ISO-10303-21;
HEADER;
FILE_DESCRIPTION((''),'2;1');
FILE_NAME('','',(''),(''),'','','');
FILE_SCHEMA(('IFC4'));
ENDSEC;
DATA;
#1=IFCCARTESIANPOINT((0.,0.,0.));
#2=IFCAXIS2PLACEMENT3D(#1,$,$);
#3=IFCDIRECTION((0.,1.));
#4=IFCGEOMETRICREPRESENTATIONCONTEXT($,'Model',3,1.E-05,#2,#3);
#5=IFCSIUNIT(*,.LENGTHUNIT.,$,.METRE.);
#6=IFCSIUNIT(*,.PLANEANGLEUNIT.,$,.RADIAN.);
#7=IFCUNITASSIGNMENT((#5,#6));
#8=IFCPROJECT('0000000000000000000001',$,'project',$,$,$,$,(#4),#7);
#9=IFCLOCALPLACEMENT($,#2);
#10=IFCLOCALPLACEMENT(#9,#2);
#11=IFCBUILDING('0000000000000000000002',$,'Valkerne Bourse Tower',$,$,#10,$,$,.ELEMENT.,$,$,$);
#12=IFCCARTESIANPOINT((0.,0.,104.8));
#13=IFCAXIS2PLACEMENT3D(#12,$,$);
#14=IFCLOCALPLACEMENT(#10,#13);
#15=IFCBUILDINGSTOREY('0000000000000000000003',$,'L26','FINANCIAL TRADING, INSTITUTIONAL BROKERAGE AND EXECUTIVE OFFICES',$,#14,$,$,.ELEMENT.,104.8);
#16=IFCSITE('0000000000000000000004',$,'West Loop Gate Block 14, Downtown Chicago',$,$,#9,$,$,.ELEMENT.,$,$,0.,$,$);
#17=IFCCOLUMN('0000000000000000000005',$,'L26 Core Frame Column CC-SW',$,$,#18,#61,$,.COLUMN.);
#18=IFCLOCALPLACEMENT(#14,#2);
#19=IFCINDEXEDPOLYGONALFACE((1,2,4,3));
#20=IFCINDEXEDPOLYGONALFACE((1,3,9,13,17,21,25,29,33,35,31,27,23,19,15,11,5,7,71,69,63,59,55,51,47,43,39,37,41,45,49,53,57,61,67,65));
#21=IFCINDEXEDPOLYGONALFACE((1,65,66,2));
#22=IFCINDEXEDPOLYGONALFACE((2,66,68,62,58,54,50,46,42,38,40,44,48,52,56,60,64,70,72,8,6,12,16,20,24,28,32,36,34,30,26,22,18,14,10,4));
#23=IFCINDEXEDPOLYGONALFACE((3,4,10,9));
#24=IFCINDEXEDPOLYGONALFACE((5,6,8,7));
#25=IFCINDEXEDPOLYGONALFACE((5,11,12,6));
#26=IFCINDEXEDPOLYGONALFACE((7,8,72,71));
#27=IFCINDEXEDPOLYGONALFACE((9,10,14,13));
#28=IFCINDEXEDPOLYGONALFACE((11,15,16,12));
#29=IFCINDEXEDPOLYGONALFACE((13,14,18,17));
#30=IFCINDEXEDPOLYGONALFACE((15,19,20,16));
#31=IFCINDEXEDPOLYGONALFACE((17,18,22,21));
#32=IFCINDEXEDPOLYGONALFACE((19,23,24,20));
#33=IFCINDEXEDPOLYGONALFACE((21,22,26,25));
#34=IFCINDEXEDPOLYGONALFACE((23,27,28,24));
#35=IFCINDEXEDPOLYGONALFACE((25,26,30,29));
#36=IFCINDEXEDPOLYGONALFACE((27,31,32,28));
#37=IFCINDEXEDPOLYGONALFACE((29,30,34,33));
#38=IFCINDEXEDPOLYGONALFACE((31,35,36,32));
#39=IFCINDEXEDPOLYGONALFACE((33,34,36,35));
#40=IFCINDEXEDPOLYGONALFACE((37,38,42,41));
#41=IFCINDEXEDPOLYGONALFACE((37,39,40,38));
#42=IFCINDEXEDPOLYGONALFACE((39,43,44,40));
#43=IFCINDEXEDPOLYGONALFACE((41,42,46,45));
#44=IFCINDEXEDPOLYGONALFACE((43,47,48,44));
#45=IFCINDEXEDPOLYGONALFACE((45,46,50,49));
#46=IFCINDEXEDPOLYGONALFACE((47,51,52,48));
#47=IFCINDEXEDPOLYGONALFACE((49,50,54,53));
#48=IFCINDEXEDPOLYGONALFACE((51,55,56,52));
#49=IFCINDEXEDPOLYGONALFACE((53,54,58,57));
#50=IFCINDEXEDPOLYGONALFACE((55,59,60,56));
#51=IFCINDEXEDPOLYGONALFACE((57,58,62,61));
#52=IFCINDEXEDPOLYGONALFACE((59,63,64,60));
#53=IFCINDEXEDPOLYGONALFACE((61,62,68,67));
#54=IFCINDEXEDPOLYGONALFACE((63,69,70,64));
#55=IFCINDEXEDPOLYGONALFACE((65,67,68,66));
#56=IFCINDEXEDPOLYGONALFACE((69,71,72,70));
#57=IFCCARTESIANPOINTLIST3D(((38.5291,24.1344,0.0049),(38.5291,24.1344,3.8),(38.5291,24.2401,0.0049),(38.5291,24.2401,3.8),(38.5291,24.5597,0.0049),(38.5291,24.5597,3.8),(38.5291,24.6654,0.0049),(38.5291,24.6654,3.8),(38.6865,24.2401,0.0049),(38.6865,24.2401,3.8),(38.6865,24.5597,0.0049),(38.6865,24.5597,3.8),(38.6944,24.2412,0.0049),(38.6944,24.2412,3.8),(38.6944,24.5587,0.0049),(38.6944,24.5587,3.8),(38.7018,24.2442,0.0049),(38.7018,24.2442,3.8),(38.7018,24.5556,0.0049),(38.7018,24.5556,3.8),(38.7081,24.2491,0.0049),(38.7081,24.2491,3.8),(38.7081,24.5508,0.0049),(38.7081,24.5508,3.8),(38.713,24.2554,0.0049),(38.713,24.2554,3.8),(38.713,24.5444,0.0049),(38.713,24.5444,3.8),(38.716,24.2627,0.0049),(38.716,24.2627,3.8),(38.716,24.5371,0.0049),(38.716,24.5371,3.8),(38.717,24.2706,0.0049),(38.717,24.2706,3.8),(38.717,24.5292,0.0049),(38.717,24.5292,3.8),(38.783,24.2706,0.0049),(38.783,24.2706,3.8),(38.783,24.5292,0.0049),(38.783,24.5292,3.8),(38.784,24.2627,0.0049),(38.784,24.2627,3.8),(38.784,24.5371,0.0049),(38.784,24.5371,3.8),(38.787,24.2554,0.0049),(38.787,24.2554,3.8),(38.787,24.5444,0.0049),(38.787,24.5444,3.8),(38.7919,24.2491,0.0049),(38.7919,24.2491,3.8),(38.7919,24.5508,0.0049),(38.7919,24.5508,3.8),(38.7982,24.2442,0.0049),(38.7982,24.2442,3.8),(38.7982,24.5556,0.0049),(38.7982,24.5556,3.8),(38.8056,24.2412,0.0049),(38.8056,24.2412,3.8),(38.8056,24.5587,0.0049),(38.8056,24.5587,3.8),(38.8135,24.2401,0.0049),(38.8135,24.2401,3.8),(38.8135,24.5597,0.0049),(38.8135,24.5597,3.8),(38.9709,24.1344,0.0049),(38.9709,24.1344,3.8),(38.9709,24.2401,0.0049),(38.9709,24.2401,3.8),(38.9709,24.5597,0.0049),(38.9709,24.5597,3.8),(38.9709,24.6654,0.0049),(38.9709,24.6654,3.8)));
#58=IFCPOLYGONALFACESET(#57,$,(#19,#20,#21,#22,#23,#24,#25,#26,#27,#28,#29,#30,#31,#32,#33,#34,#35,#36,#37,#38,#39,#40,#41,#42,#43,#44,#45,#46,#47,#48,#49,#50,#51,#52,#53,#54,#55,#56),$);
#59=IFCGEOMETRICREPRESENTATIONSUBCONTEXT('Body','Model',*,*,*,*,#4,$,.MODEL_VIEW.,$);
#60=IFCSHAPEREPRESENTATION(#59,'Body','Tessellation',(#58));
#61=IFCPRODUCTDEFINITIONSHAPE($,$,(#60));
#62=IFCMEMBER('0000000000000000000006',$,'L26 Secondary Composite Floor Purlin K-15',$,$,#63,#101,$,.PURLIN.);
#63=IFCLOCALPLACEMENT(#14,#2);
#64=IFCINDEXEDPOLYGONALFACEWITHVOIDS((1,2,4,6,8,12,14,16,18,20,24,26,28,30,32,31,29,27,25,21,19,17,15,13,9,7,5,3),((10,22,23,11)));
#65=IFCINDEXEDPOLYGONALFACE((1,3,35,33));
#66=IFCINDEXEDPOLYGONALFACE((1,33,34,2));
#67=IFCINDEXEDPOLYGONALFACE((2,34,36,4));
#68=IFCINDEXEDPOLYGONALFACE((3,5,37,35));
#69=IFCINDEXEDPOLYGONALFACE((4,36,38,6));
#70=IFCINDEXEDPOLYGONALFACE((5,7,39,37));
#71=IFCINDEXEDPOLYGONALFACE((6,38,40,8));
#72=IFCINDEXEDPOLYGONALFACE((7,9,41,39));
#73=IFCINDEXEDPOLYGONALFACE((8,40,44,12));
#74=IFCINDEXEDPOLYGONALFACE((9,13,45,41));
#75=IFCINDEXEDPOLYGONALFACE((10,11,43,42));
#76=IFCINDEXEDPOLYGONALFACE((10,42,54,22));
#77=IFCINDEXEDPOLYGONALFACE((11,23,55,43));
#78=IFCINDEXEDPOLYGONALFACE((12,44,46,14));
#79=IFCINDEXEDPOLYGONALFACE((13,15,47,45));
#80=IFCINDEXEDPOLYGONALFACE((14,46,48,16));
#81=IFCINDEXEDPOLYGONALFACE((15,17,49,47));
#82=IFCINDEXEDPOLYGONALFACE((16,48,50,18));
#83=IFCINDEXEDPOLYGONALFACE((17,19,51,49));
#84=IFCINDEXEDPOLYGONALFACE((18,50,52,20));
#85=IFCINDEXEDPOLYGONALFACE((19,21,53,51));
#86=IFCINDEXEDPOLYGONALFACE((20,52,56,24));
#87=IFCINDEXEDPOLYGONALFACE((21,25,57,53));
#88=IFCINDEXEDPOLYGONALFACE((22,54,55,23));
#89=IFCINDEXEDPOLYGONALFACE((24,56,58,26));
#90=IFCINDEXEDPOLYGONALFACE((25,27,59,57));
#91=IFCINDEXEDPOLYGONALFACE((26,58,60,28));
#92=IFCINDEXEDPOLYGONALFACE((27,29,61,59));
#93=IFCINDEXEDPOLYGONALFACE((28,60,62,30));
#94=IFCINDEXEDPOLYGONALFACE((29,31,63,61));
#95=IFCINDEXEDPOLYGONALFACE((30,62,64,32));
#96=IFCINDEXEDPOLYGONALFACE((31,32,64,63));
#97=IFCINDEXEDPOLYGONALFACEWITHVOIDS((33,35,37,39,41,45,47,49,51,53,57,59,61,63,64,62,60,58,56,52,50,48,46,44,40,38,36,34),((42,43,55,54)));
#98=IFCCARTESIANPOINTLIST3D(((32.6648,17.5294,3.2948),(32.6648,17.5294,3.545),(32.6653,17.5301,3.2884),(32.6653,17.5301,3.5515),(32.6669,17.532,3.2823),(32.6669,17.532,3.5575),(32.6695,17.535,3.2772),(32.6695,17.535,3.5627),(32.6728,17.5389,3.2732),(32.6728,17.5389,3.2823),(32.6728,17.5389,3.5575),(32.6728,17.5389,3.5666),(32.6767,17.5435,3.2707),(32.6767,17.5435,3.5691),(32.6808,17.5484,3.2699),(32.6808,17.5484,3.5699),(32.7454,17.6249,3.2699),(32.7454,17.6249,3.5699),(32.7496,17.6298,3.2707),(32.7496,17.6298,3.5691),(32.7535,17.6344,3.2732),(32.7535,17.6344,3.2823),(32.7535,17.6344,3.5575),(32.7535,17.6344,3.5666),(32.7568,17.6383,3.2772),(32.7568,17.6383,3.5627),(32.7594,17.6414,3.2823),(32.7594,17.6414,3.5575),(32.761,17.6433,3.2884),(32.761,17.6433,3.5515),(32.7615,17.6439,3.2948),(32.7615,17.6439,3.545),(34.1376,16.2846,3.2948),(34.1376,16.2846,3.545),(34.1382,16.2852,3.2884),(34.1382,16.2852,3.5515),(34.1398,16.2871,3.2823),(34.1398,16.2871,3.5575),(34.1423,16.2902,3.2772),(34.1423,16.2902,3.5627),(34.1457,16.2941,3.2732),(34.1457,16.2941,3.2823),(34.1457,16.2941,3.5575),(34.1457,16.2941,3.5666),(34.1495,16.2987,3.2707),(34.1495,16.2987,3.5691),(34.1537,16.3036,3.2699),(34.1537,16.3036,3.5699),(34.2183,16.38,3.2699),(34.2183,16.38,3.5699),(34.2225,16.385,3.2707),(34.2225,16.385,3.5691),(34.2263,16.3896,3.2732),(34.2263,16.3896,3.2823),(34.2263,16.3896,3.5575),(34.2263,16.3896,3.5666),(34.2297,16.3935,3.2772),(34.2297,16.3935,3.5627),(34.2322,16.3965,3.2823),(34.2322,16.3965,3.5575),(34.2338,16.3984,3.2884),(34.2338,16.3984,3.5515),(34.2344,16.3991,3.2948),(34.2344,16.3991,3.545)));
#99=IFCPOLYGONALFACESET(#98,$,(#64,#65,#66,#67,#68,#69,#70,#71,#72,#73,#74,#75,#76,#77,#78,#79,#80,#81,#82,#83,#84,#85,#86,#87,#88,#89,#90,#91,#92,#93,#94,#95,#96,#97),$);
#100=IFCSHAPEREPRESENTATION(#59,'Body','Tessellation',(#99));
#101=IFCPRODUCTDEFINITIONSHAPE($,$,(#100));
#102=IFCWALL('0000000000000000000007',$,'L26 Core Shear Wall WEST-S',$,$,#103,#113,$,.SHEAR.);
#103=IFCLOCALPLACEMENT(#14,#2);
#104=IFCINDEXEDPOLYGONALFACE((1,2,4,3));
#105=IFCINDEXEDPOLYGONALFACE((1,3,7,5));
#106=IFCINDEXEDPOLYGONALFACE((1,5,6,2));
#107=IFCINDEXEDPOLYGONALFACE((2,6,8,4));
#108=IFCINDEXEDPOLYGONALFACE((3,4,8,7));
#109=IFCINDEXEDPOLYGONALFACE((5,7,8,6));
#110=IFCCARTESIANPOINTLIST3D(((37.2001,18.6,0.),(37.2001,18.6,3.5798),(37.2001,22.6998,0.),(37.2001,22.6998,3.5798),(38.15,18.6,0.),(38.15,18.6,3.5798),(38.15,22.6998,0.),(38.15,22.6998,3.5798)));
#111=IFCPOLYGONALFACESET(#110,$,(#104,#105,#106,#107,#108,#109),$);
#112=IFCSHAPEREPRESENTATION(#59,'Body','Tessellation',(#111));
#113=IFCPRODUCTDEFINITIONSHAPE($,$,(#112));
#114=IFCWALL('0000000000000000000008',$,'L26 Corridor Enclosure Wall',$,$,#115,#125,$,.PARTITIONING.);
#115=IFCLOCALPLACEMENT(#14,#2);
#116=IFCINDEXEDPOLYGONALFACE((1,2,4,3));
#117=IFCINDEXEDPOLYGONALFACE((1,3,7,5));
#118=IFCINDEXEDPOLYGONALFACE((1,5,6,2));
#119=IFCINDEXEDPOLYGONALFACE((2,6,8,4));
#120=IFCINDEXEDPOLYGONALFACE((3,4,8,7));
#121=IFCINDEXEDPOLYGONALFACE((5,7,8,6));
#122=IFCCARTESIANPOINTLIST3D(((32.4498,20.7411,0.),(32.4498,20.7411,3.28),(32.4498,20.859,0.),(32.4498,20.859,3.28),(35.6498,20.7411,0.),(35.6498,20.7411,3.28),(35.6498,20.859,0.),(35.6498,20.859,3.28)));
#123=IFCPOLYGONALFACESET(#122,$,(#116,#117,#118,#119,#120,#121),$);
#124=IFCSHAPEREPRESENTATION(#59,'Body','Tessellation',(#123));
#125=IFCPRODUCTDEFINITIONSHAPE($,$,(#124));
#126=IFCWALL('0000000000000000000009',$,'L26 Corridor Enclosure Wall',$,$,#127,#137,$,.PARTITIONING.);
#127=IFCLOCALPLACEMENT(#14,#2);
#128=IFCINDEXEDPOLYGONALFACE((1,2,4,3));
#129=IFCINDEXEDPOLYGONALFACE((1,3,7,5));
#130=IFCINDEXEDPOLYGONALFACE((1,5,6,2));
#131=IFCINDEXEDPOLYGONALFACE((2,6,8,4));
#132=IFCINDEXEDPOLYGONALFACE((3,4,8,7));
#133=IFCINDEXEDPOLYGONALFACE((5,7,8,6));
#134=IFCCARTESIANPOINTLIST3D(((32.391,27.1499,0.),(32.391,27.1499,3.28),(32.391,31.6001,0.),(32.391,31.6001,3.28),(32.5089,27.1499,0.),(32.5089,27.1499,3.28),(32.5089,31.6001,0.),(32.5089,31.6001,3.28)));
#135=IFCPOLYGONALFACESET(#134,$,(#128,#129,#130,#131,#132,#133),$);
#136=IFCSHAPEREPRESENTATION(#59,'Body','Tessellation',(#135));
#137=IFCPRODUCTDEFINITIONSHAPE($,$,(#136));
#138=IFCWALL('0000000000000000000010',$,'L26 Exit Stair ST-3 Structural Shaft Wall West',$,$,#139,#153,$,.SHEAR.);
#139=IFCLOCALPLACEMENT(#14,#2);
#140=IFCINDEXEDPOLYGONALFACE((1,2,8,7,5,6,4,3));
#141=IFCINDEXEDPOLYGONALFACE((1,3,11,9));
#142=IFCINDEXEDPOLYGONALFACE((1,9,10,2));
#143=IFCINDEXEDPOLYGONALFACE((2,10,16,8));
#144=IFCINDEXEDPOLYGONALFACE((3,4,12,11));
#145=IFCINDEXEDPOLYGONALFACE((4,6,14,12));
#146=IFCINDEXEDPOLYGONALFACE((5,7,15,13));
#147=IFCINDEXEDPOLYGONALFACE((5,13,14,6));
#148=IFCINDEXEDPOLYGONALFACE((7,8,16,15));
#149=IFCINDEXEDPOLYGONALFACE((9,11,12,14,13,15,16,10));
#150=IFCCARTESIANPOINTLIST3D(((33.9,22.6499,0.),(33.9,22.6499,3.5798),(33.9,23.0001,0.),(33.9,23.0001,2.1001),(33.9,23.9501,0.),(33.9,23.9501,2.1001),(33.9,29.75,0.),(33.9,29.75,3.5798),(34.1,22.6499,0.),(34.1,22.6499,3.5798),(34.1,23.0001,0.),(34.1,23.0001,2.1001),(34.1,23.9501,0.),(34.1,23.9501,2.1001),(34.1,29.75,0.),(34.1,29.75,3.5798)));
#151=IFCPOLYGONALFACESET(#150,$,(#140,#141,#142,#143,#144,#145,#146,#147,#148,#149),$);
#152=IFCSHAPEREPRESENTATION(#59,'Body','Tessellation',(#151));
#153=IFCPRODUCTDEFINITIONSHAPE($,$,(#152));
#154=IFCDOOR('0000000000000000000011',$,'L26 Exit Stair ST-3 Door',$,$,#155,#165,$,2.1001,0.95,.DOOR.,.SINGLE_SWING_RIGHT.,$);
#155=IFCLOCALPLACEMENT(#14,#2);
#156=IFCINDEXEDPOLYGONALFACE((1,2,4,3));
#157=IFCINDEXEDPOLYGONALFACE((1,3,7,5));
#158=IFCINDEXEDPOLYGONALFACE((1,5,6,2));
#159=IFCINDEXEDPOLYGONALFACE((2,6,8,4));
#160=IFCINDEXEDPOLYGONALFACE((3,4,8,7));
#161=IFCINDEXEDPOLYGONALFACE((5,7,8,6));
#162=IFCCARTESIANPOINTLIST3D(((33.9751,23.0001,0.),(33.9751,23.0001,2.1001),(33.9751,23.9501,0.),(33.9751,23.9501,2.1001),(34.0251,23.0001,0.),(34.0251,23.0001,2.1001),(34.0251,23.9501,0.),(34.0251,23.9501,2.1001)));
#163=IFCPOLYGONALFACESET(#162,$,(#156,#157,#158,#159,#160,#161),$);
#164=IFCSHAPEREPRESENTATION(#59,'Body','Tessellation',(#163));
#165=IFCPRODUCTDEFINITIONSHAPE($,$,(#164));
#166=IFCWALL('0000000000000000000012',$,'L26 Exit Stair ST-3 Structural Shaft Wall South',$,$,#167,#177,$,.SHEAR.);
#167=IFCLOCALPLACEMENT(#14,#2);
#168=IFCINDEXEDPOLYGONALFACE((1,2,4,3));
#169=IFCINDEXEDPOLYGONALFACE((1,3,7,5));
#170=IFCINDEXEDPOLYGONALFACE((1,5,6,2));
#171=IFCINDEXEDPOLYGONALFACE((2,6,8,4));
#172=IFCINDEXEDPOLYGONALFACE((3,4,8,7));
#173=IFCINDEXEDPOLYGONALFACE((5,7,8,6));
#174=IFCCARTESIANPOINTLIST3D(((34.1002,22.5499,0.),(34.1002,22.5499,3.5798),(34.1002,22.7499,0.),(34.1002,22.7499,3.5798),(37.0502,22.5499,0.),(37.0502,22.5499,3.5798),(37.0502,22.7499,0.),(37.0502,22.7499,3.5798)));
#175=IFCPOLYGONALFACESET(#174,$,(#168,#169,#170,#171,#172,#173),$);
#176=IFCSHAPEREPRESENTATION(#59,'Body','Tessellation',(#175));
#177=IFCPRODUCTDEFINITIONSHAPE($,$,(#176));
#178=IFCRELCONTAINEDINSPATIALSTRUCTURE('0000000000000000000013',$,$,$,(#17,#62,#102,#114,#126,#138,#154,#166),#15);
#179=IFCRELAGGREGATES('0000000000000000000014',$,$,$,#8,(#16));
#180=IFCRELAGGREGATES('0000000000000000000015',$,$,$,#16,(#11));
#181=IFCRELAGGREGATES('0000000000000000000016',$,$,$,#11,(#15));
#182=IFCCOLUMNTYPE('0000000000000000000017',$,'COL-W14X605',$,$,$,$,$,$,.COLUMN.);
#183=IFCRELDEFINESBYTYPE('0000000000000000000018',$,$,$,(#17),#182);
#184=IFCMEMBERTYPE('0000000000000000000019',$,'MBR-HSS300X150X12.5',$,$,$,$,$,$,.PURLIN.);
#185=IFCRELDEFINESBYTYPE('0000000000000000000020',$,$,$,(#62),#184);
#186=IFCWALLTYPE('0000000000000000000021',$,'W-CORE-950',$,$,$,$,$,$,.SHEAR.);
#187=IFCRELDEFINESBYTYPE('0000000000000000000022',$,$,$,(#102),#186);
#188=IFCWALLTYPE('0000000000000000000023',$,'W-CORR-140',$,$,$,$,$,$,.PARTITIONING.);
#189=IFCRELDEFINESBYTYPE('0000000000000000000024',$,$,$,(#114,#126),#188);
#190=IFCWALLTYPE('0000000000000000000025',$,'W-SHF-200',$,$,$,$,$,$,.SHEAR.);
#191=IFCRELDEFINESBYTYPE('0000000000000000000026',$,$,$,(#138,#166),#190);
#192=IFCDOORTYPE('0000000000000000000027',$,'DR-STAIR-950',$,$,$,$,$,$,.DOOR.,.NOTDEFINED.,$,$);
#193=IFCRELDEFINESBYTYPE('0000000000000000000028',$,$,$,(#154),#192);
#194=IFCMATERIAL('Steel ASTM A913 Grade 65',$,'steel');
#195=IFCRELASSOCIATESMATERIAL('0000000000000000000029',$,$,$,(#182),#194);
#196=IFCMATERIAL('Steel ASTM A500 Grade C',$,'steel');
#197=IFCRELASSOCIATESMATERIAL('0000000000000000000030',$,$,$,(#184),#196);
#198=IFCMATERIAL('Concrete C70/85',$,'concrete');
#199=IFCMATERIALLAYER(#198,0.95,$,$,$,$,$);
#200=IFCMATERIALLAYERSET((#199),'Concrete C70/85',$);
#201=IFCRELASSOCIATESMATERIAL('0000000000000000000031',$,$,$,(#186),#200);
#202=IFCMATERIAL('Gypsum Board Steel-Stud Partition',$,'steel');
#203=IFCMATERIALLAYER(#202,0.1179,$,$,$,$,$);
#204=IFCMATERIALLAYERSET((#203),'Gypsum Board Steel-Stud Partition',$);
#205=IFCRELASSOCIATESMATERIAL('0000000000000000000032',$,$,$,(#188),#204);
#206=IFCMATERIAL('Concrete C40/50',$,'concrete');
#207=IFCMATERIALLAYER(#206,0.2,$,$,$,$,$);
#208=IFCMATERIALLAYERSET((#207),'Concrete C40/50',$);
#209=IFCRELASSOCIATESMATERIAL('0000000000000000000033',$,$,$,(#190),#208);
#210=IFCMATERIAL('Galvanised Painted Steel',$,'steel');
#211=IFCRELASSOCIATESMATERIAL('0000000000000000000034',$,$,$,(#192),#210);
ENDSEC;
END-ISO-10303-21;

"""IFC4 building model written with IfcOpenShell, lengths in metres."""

from ifc_helpers import new_model, si_unit, direction, frame, frame_2d, origin, origin_2d, place, context, subcontext, project, spatial, rectangle, hollow_rectangle, i_section, extrude, material, layer, layer_set, material_profile, profile_set, type_object, element, fill, save


model = new_model("IFC4")

# Units and contexts
model_context = context("Model", 3, precision=1e-05, world=origin(), true_north=direction((0.0, 1.0)))
body_context = subcontext(model_context, "Body", "Model", "MODEL_VIEW")
ifc_project = project(units=[si_unit("LENGTHUNIT", "METRE"), si_unit("PLANEANGLEUNIT", "RADIAN")], contexts=[model_context])

# Site, building, storey
site_placement = place(None, origin())
site = spatial("IfcSite", under=ifc_project, at=site_placement, Name="West Loop Gate Block 14, Downtown Chicago", CompositionType="ELEMENT", RefElevation=0.0)
building_placement = place(site_placement, origin())
building = spatial("IfcBuilding", under=site, at=building_placement, Name="Valkerne Bourse Tower", CompositionType="ELEMENT")
storey_placement = place(building_placement, frame((0.0, 0.0, 104.8)))
storey = spatial("IfcBuildingStorey", under=building, at=storey_placement, Name="L26", Description="FINANCIAL TRADING, INSTITUTIONAL BROKERAGE AND EXECUTIVE OFFICES", CompositionType="ELEMENT", Elevation=104.8)

# Column
ifc_material_1 = material(Name="Steel ASTM A913 Grade 65", Category="steel")
ifc_material_profile_1 = material_profile(ifc_material_1, i_section(OverallWidth=0.4419, OverallDepth=0.531, WebThickness=0.0659, FlangeThickness=0.1057, FilletRadius=0.0305, at=origin_2d()), Name="W14X605")
ifc_profile_set_1 = profile_set([ifc_material_profile_1], Name="Steel ASTM A913 Grade 65")
column_type = type_object("IfcColumnType", Name="COL-W14X605", PredefinedType="COLUMN", material=ifc_profile_set_1)
column_placement = place(storey_placement, frame((38.75, 24.3999, 0.0049), z_axis=(0.0, 0.0, 1.0), x_axis=(1.0, 0.0, 0.0)))
element("IfcColumn", 1, at=column_placement, inside=storey, type_object=column_type, Name="L26 Core Frame Column CC-SW", PredefinedType="COLUMN", context=body_context, shape_type="SweptSolid", body=[
    extrude(i_section(OverallWidth=0.4419, OverallDepth=0.531, WebThickness=0.0659, FlangeThickness=0.1057, FilletRadius=0.0305, at=origin_2d()), origin(), (0.0, 0.0, 1.0), 3.7952),
])

# Member
ifc_material_2 = material(Name="Steel ASTM A500 Grade C", Category="steel")
ifc_material_profile_2 = material_profile(ifc_material_2, hollow_rectangle(XDim=0.1499, YDim=0.3, WallThickness=0.0125, OuterFilletRadius=0.0249, at=origin_2d()), Name="HSS300X150X12.5")
ifc_profile_set_2 = profile_set([ifc_material_profile_2], Name="Steel ASTM A500 Grade C")
member_type = type_object("IfcMemberType", Name="MBR-HSS300X150X12.5", PredefinedType="PURLIN", material=ifc_profile_set_2)
member_placement = place(storey_placement, frame((32.7131, 17.5867, 3.4199), z_axis=(0.763751, -0.645511, 0.0), x_axis=(0.645511, 0.763751, 0.0)))
element("IfcMember", 2, at=member_placement, inside=storey, type_object=member_type, Name="L26 Secondary Composite Floor Purlin K-15", PredefinedType="PURLIN", context=body_context, shape_type="SweptSolid", body=[
    extrude(hollow_rectangle(XDim=0.1499, YDim=0.3, WallThickness=0.0125, OuterFilletRadius=0.0249, at=origin_2d()), origin(), (0.0, 0.0, 1.0), 1.9285),
])

# Shared definitions
ifc_material_3 = material(Name="Concrete C70/85", Category="concrete")
ifc_layer_1 = layer(ifc_material_3, 0.95)
ifc_layer_set_1 = layer_set([ifc_layer_1], Name="Concrete C70/85")
wall_type_1 = type_object("IfcWallType", Name="W-CORE-950", PredefinedType="SHEAR", material=ifc_layer_set_1)
ifc_material_4 = material(Name="Galvanised Painted Steel", Category="steel")

# Walls
wall_1_placement = place(storey_placement, frame((37.675, 18.6001, 0.0), z_axis=(0.0, 0.0, 1.0), x_axis=(0.0, 1.0, 0.0)))
element("IfcWall", 3, at=wall_1_placement, inside=storey, type_object=wall_type_1, Name="L26 Core Shear Wall WEST-S", PredefinedType="SHEAR", context=body_context, shape_type="SweptSolid", body=[
    extrude(rectangle(XDim=4.0999, YDim=0.95, at=frame_2d((2.0498, 0.0))), origin(), (0.0, 0.0, 1.0), 3.5798),
])
ifc_material_5 = material(Name="Gypsum Board Steel-Stud Partition", Category="steel")
ifc_layer_2 = layer(ifc_material_5, 0.1179)
ifc_layer_set_2 = layer_set([ifc_layer_2], Name="Gypsum Board Steel-Stud Partition")
wall_type_2 = type_object("IfcWallType", Name="W-CORR-140", PredefinedType="PARTITIONING", material=ifc_layer_set_2)
wall_2_placement = place(storey_placement, frame((35.6499, 20.8, 0.0), z_axis=(0.0, 0.0, 1.0), x_axis=(-1.0, 0.0, 0.0)))
element("IfcWall", 4, at=wall_2_placement, inside=storey, type_object=wall_type_2, Name="L26 Corridor Enclosure Wall", PredefinedType="PARTITIONING", context=body_context, shape_type="SweptSolid", body=[
    extrude(rectangle(XDim=3.2, YDim=0.1179, at=frame_2d((1.6001, 0.0))), origin(), (0.0, 0.0, 1.0), 3.28),
])
wall_3_placement = place(storey_placement, frame((32.45, 27.1499, 0.0), z_axis=(0.0, 0.0, 1.0), x_axis=(0.0, 1.0, 0.0)))
element("IfcWall", 5, at=wall_3_placement, inside=storey, type_object=wall_type_2, Name="L26 Corridor Enclosure Wall", PredefinedType="PARTITIONING", context=body_context, shape_type="SweptSolid", body=[
    extrude(rectangle(XDim=4.4502, YDim=0.1179, at=frame_2d((2.2251, 0.0))), origin(), (0.0, 0.0, 1.0), 3.28),
])

# Wall, opening, door
ifc_material_6 = material(Name="Concrete C40/50", Category="concrete")
ifc_layer_3 = layer(ifc_material_6, 0.2)
ifc_layer_set_3 = layer_set([ifc_layer_3], Name="Concrete C40/50")
wall_type_3 = type_object("IfcWallType", Name="W-SHF-200", PredefinedType="SHEAR", material=ifc_layer_set_3)
wall_4_placement = place(storey_placement, frame((34.0, 22.6499, 0.0), z_axis=(0.0, 0.0, 1.0), x_axis=(0.0, 1.0, 0.0)))
wall_4 = element("IfcWall", 6, at=wall_4_placement, inside=storey, type_object=wall_type_3, Name="L26 Exit Stair ST-3 Structural Shaft Wall West", PredefinedType="SHEAR", context=body_context, shape_type="SweptSolid", body=[
    extrude(rectangle(XDim=7.1001, YDim=0.2, at=frame_2d((3.55, 0.0))), origin(), (0.0, 0.0, 1.0), 3.5798),
])
opening_1_placement = place(wall_4_placement, frame((0.3501, 0.0, 0.0)))
opening_1 = element("IfcOpeningElement", 7, at=opening_1_placement, cuts=wall_4, PredefinedType="OPENING", context=body_context, shape_type="SweptSolid", body=[
    extrude(rectangle(XDim=0.95, YDim=2.1001, at=frame_2d((0.4751, 1.05))), frame((0.0, 0.1099, 0.0), z_axis=(0.0, -1.0, 0.0), x_axis=(1.0, 0.0, 0.0)), (0.0, 0.0, 1.0), 0.22),
])
door_type_1 = type_object("IfcDoorType", Name="DR-STAIR-950", OperationType="NOTDEFINED", PredefinedType="DOOR", material=ifc_material_4)
door_1_placement = place(opening_1_placement, origin())
door_1 = element("IfcDoor", 8, at=door_1_placement, inside=storey, type_object=door_type_1, Name="L26 Exit Stair ST-3 Door", OperationType="SINGLE_SWING_RIGHT", OverallHeight=2.1001, OverallWidth=0.95, PredefinedType="DOOR", context=body_context, shape_type="SweptSolid", body=[
    extrude(rectangle(XDim=0.95, YDim=2.1001, at=frame_2d((0.4751, 1.05))), frame((0.0, 0.0249, 0.0), z_axis=(0.0, -1.0, 0.0), x_axis=(1.0, 0.0, 0.0)), (0.0, 0.0, 1.0), 0.05),
])
fill(opening_1, door_1)

# Wall
for number, where, z_axis, x_axis, name in (
    (9, (34.1001, 22.6499, 0.0), (0.0, 0.0, 1.0), (1.0, 0.0, 0.0), "L26 Exit Stair ST-3 Structural Shaft Wall South"),
):
    element("IfcWall", number, at=place(storey_placement, frame(where, z_axis=z_axis, x_axis=x_axis)), inside=storey, type_object=wall_type_3, Name=name, PredefinedType="SHEAR", context=body_context, shape_type="SweptSolid", body=[
        extrude(rectangle(XDim=2.95, YDim=0.2, at=frame_2d((1.4751, 0.0))), origin(), (0.0, 0.0, 1.0), 3.5798),
    ])

save(model, "model.ifc")
